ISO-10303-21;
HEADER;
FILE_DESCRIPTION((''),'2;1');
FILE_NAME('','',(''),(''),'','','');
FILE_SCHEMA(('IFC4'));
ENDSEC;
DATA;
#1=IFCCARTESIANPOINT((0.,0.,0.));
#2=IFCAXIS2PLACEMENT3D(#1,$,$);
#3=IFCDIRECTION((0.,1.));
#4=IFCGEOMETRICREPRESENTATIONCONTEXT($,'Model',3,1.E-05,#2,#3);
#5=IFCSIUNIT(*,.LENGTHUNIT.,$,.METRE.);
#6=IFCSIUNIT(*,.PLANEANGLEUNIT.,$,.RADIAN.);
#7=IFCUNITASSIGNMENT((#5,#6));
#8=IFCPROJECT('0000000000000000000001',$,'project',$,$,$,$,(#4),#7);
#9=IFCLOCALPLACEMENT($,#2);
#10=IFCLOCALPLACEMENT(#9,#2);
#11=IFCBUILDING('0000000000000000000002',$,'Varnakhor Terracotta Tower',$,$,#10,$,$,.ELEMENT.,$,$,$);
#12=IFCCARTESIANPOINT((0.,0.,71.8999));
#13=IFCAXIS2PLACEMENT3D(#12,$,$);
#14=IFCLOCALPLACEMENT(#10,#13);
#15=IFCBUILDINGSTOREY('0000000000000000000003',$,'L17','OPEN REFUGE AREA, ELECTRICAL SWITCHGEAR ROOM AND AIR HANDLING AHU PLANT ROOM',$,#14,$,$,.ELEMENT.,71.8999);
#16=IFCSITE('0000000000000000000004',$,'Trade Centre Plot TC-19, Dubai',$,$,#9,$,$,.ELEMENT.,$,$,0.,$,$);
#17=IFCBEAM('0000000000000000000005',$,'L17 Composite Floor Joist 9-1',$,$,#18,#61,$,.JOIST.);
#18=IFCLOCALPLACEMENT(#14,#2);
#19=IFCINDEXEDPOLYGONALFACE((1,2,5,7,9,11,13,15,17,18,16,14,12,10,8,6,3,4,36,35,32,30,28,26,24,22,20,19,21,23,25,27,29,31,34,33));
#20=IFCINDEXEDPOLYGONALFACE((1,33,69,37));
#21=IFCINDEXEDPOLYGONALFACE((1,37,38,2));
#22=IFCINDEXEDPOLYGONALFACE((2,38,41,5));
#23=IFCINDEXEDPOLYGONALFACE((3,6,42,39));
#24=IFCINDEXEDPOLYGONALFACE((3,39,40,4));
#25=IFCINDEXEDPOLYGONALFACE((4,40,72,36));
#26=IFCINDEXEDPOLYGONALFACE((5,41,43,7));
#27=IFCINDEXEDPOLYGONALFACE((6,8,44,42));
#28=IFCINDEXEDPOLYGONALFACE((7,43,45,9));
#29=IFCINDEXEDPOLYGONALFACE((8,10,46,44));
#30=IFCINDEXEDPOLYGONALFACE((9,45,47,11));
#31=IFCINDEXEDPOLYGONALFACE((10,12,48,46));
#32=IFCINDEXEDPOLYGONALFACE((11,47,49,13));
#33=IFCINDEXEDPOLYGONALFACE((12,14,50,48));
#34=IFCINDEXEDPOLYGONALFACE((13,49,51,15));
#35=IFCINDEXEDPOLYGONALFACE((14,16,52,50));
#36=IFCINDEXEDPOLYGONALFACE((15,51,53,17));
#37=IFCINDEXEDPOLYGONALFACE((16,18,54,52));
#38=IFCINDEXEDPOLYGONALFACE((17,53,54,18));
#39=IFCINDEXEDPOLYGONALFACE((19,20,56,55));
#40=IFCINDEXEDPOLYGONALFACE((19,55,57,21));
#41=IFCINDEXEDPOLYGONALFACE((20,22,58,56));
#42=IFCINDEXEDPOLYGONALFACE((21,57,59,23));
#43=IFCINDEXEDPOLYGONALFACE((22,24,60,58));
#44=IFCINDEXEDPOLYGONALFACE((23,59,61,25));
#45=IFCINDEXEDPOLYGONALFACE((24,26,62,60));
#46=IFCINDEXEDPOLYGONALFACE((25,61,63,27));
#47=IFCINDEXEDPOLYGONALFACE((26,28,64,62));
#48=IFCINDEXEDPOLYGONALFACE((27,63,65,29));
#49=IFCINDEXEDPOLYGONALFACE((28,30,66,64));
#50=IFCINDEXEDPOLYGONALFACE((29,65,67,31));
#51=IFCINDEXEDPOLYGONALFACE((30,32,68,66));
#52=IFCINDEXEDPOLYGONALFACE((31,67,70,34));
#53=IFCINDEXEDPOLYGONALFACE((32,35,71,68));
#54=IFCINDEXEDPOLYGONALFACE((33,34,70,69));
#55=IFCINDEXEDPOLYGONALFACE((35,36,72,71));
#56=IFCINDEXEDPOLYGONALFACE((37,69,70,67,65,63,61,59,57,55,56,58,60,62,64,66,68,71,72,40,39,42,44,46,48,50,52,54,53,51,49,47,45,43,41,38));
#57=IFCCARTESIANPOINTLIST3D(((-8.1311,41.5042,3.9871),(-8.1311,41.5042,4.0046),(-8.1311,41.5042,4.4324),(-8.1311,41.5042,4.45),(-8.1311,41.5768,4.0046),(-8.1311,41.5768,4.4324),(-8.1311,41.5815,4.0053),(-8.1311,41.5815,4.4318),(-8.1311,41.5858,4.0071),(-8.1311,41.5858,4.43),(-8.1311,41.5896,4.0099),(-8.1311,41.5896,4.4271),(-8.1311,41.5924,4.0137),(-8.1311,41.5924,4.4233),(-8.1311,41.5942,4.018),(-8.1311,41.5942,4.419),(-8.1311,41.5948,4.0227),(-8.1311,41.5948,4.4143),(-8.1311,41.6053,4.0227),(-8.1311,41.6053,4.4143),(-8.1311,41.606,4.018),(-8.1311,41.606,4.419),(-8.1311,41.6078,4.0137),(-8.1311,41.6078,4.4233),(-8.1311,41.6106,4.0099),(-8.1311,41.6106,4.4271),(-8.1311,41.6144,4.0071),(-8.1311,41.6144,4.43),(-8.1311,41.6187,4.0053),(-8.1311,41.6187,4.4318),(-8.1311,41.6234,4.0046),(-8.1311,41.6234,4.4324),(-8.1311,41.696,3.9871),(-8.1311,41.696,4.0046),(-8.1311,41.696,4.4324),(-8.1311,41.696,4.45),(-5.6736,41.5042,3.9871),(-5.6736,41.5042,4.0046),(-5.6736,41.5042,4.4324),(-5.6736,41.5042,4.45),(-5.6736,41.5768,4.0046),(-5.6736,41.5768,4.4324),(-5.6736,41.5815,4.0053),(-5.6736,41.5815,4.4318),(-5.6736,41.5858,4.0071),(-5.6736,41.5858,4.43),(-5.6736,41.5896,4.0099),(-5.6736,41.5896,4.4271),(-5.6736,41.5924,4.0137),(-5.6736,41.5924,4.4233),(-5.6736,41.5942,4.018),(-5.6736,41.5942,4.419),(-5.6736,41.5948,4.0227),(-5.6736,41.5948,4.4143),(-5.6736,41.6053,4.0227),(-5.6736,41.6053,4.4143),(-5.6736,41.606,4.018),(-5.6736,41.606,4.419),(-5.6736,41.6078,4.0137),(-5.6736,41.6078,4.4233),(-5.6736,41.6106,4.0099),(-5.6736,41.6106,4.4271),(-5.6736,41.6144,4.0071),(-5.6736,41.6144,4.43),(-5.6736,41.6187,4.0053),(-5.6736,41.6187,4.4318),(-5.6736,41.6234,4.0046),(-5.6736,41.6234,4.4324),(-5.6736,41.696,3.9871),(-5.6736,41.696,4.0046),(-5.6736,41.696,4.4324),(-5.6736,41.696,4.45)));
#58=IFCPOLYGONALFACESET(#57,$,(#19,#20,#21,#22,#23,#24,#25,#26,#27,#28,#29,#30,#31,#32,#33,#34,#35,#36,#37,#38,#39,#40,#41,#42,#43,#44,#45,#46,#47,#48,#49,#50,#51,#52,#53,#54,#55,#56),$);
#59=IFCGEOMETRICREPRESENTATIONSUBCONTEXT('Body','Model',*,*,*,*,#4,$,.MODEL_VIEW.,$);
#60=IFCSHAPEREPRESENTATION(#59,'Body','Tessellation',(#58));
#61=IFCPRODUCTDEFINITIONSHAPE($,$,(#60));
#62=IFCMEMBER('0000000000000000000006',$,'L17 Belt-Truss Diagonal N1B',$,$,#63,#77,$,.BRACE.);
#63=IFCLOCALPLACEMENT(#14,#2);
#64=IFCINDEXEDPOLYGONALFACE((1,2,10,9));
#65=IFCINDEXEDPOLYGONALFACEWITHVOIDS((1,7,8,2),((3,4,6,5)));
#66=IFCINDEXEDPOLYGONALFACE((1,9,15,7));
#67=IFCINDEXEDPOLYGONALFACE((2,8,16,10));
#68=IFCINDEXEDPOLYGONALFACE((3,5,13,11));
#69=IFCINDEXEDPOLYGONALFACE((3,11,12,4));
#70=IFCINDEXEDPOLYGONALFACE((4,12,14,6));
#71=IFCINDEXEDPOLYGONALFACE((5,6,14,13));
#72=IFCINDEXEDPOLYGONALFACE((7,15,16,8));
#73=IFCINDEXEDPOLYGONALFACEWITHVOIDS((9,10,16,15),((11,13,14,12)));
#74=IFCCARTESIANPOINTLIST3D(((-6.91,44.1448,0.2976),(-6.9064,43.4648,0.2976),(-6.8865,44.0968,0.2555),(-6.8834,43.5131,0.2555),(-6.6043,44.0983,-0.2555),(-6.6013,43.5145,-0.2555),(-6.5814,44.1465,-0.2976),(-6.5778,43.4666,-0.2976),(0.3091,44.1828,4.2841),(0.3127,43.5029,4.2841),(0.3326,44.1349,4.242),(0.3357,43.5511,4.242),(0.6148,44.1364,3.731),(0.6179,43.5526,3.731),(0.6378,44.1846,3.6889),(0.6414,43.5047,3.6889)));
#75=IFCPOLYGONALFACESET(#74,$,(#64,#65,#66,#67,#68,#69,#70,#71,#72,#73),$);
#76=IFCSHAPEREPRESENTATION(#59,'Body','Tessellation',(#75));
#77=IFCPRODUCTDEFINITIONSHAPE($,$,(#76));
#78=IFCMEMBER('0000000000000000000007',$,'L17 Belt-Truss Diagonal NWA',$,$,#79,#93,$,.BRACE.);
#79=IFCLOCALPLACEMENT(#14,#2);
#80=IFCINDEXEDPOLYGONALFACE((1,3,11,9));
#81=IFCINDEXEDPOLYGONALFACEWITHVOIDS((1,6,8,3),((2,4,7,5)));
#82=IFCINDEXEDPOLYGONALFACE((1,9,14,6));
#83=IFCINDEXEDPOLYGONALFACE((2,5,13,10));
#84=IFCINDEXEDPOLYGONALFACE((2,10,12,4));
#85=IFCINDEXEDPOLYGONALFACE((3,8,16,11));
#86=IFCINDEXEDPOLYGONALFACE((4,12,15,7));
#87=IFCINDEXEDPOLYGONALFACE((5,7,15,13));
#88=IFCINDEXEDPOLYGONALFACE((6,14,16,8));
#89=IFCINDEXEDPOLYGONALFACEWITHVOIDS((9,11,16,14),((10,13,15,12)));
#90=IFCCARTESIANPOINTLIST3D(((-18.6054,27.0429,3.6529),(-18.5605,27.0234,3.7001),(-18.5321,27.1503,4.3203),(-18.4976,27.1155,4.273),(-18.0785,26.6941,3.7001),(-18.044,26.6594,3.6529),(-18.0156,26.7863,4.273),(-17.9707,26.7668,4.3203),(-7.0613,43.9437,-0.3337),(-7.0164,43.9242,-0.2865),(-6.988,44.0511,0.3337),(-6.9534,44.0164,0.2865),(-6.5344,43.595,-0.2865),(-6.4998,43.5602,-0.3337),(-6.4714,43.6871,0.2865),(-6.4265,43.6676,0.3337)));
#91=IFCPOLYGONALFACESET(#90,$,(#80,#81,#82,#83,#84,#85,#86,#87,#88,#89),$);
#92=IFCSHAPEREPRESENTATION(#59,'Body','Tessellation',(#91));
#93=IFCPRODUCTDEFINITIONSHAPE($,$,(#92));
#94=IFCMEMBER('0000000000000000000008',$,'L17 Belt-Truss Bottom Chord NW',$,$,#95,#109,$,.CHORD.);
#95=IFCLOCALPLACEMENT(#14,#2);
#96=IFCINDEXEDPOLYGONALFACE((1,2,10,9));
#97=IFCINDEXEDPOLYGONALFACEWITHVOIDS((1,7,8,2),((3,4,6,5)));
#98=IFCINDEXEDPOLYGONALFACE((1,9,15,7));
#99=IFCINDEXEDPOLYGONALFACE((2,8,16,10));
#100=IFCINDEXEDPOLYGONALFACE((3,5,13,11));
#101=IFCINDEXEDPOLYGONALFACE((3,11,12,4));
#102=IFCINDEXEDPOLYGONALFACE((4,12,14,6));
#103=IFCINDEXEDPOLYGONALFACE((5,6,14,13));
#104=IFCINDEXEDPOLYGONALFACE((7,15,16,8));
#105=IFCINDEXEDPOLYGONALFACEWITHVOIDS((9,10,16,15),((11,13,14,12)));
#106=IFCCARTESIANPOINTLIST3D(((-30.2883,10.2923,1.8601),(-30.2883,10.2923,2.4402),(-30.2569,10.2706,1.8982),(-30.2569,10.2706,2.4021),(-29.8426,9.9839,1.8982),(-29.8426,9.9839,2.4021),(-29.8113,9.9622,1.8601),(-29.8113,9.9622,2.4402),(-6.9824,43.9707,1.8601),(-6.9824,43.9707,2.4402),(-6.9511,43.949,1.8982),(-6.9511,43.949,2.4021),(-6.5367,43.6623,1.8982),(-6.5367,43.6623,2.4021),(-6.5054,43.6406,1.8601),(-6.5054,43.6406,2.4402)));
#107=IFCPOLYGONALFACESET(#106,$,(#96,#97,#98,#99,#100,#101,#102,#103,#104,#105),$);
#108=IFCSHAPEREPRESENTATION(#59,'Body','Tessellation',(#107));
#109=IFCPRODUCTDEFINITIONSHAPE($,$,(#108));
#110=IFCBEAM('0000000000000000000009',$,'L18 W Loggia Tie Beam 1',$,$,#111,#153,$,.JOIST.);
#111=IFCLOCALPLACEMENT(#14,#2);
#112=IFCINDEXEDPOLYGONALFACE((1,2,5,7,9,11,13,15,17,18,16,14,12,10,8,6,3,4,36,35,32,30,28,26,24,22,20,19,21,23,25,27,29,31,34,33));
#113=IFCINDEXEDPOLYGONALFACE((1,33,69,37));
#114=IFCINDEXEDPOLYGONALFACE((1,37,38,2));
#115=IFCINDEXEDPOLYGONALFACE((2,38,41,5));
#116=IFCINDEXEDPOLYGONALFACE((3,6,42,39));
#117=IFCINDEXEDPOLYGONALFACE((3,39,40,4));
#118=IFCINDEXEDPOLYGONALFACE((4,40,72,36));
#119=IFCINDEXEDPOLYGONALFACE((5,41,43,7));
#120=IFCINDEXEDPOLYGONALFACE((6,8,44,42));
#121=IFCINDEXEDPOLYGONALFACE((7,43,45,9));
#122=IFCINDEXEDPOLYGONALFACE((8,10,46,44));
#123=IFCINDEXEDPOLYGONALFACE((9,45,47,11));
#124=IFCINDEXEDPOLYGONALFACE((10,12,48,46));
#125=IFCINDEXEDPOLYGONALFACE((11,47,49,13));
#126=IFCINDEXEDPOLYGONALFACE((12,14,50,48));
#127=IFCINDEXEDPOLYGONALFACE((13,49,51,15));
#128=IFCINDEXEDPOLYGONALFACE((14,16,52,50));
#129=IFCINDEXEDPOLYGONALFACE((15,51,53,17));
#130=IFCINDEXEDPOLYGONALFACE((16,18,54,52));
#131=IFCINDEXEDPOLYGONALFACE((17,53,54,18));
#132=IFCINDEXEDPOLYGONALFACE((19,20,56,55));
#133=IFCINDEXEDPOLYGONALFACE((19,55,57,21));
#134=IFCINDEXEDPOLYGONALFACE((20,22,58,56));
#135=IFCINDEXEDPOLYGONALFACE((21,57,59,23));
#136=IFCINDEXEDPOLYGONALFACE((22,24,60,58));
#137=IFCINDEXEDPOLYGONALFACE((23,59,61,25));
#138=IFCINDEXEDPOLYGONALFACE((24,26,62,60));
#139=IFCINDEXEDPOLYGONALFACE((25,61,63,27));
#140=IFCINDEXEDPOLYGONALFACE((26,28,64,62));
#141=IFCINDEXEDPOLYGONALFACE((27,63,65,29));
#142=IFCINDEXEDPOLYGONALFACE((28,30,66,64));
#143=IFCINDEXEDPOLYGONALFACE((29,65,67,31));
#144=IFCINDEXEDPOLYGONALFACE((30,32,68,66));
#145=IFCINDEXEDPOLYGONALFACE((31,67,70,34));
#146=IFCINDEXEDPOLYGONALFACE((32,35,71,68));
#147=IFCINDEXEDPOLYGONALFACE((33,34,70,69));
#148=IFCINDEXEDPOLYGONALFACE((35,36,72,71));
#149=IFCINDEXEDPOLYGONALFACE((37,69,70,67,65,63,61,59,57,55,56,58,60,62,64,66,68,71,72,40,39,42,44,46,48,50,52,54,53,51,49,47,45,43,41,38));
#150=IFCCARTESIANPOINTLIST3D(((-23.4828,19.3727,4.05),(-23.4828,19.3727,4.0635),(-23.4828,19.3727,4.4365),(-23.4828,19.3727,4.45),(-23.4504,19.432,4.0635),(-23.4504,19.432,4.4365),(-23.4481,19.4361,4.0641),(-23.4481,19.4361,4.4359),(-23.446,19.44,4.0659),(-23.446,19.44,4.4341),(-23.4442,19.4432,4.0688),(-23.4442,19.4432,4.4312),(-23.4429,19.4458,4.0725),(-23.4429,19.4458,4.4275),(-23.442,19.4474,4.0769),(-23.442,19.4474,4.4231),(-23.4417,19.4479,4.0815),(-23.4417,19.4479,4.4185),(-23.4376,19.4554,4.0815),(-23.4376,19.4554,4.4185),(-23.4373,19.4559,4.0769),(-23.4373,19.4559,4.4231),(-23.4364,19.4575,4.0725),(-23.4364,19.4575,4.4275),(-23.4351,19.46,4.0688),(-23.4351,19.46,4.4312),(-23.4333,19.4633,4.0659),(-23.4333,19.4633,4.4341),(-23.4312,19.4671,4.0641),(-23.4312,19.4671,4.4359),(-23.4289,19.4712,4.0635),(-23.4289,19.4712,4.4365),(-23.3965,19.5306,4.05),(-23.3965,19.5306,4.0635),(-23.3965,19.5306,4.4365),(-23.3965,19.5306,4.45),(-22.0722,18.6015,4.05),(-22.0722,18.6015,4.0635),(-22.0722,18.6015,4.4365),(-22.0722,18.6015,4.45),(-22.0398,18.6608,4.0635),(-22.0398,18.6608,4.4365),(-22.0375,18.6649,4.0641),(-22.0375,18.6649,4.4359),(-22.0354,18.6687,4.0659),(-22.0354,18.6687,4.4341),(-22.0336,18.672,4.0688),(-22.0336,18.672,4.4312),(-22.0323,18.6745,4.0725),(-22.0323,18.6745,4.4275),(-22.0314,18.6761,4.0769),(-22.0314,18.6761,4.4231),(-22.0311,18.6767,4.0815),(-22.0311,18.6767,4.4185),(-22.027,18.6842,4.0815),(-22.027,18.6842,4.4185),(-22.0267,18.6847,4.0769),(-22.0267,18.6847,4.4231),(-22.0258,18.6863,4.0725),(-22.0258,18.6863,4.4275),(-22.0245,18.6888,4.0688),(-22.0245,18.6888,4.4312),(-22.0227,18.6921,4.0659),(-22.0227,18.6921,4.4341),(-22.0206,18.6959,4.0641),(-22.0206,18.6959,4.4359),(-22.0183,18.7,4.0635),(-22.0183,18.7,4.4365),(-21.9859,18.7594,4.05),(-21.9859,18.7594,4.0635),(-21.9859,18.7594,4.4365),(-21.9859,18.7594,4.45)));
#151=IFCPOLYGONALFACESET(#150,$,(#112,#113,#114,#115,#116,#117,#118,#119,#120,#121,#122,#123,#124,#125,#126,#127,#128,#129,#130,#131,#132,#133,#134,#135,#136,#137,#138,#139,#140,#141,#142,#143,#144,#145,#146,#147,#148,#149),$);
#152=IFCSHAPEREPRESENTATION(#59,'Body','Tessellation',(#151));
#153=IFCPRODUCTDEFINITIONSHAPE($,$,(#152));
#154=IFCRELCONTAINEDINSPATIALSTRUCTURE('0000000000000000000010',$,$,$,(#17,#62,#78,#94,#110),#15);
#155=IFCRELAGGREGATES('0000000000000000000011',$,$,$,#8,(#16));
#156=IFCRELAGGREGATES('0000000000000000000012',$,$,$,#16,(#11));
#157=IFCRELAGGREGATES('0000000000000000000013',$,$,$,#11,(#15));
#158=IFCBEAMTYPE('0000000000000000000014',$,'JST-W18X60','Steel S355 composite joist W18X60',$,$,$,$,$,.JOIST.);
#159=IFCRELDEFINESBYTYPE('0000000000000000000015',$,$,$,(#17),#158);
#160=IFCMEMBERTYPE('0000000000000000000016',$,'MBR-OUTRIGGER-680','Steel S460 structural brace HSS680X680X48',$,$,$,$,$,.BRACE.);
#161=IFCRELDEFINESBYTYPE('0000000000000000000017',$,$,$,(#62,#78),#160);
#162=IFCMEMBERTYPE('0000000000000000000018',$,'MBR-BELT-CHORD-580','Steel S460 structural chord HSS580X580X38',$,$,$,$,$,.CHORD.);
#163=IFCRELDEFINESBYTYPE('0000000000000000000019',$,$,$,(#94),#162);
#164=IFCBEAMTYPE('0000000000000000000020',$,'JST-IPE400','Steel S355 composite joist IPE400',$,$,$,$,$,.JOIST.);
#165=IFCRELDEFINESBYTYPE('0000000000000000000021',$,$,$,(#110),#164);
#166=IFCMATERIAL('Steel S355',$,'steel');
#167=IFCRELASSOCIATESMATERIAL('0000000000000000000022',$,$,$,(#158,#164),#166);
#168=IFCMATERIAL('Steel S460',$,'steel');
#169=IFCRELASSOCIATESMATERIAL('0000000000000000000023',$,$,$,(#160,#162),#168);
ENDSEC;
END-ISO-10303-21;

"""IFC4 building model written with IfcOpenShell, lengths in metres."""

from ifc_helpers import new_model, si_unit, direction, frame, origin, origin_2d, place, context, subcontext, project, spatial, hollow_rectangle, i_section, extrude, source, transform, mapped, material, material_profile, profile_set, type_object, element, save


model = new_model("IFC4")

# Units and contexts
model_context = context("Model", 3, precision=1e-05, world=origin(), true_north=direction((0.0, 1.0)))
body_context = subcontext(model_context, "Body", "Model", "MODEL_VIEW")
ifc_project = project(units=[si_unit("LENGTHUNIT", "METRE"), si_unit("PLANEANGLEUNIT", "RADIAN")], contexts=[model_context])

# Site, building, storey
site_placement = place(None, origin())
site = spatial("IfcSite", under=ifc_project, at=site_placement, Name="Trade Centre Plot TC-19, Dubai", CompositionType="ELEMENT", RefElevation=0.0)
building_placement = place(site_placement, origin())
building = spatial("IfcBuilding", under=site, at=building_placement, Name="Varnakhor Terracotta Tower", CompositionType="ELEMENT")
storey_placement = place(building_placement, frame((0.0, 0.0, 71.8999)))
storey = spatial("IfcBuildingStorey", under=building, at=storey_placement, Name="L17", Description="OPEN REFUGE AREA, ELECTRICAL SWITCHGEAR ROOM AND AIR HANDLING AHU PLANT ROOM", CompositionType="ELEMENT", Elevation=71.8999)

# Shared definitions
ifc_material_1 = material(Name="Steel S460", Category="steel")

# Beam
ifc_material_2 = material(Name="Steel S355", Category="steel")
ifc_material_profile_1 = material_profile(ifc_material_2, i_section(OverallWidth=0.1919, OverallDepth=0.4629, WebThickness=0.0105, FlangeThickness=0.0176, FilletRadius=0.0181, at=origin_2d()), Name="W18X60")
ifc_profile_set_1 = profile_set([ifc_material_profile_1], Name="Steel S355")
beam_type_1 = type_object("IfcBeamType", Name="JST-W18X60", Description="Steel S355 composite joist W18X60", PredefinedType="JOIST", material=ifc_profile_set_1)
ifc_material_profile_2 = material_profile(ifc_material_2, i_section(OverallWidth=0.1799, OverallDepth=0.3999, WebThickness=0.0085, FlangeThickness=0.0134, FilletRadius=0.0181, at=origin_2d()), Name="IPE400")
ifc_profile_set_2 = profile_set([ifc_material_profile_2], Name="Steel S355")
beam_type_2 = type_object("IfcBeamType", Name="JST-IPE400", Description="Steel S355 composite joist IPE400", PredefinedType="JOIST", material=ifc_profile_set_2)
shared_shape_1 = source(origin(), body_context, "Body", "SweptSolid", [
    extrude(i_section(OverallWidth=0.1919, OverallDepth=0.4629, WebThickness=0.0105, FlangeThickness=0.0176, FilletRadius=0.0181, at=origin_2d()), origin(), (0.0, 0.0, 1.0), 2.4575),
])
beam_1_placement = place(storey_placement, frame((-8.1311, 41.6001, 4.2185), z_axis=(1.0, 0.0, 0.0), x_axis=(0.0, 1.0, 0.0)))
element("IfcBeam", 1, at=beam_1_placement, inside=storey, type_object=beam_type_1, Name="L17 Composite Floor Joist 9-1", PredefinedType="JOIST", context=body_context, shape_type="MappedRepresentation", body=[
    mapped(shared_shape_1, transform((0.0, 0.0, 0.0), scale=1.0)),
])

# Members
ifc_material_profile_3 = material_profile(ifc_material_1, hollow_rectangle(XDim=0.6799, YDim=0.6799, WallThickness=0.0481, at=origin_2d()), Name="HSS680X680X48")
ifc_profile_set_3 = profile_set([ifc_material_profile_3], Name="Steel S460")
member_type_1 = type_object("IfcMemberType", Name="MBR-OUTRIGGER-680", Description="Steel S460 structural brace HSS680X680X48", PredefinedType="BRACE", material=ifc_profile_set_3)
shared_shape_2 = source(origin(), body_context, "Body", "SweptSolid", [
    extrude(hollow_rectangle(XDim=0.6799, YDim=0.6799, WallThickness=0.0481, at=origin_2d()), origin(), (0.0, 0.0, 1.0), 8.2468),
])
member_1_placement = place(storey_placement, frame((-6.7439, 43.8057, 0.0), z_axis=(0.875387, 0.004618, 0.483402), x_axis=(-0.005276, 0.999986, 0.0)))
element("IfcMember", 2, at=member_1_placement, inside=storey, type_object=member_type_1, Name="L17 Belt-Truss Diagonal N1B", PredefinedType="BRACE", context=body_context, shape_type="MappedRepresentation", body=[
    mapped(shared_shape_2, transform((0.0, 0.0, 0.0), scale=1.0)),
])
shared_shape_3 = source(origin(), body_context, "Body", "SweptSolid", [
    extrude(hollow_rectangle(XDim=0.6799, YDim=0.6799, WallThickness=0.0481, at=origin_2d()), origin(), (0.0, 0.0, 1.0), 20.8518),
])
member_2_placement = place(storey_placement, frame((-6.7439, 43.8057, 0.0), z_axis=(-0.553628, -0.810521, 0.191185), x_axis=(0.825753, -0.564032, 0.0)))
element("IfcMember", 3, at=member_2_placement, inside=storey, type_object=member_type_1, Name="L17 Belt-Truss Diagonal NWA", PredefinedType="BRACE", context=body_context, shape_type="MappedRepresentation", body=[
    mapped(shared_shape_3, transform((0.0, 0.0, 0.0), scale=1.0)),
])
ifc_material_profile_4 = material_profile(ifc_material_1, hollow_rectangle(XDim=0.5801, YDim=0.5801, WallThickness=0.0381, at=origin_2d()), Name="HSS580X580X38")
ifc_profile_set_4 = profile_set([ifc_material_profile_4], Name="Steel S460")
member_type_2 = type_object("IfcMemberType", Name="MBR-BELT-CHORD-580", Description="Steel S460 structural chord HSS580X580X38", PredefinedType="CHORD", material=ifc_profile_set_4)
shared_shape_4 = source(origin(), body_context, "Body", "SweptSolid", [
    extrude(hollow_rectangle(XDim=0.5801, YDim=0.5801, WallThickness=0.0381, at=origin_2d()), origin(), (0.0, 0.0, 1.0), 40.9561),
])
member_3_placement = place(storey_placement, frame((-6.7439, 43.8057, 2.1501), z_axis=(-0.569046, -0.822306, 0.0), x_axis=(0.822306, -0.569046, 0.0)))
element("IfcMember", 4, at=member_3_placement, inside=storey, type_object=member_type_2, Name="L17 Belt-Truss Bottom Chord NW", PredefinedType="CHORD", context=body_context, shape_type="MappedRepresentation", body=[
    mapped(shared_shape_4, transform((0.0, 0.0, 0.0), scale=1.0)),
])

# Beam
shared_shape_5 = source(origin(), body_context, "Body", "SweptSolid", [
    extrude(i_section(OverallWidth=0.1799, OverallDepth=0.3999, WebThickness=0.0085, FlangeThickness=0.0134, FilletRadius=0.0181, at=origin_2d()), origin(), (0.0, 0.0, 1.0), 1.6077),
])
beam_2_placement = place(storey_placement, frame((-22.0291, 18.6804, 4.25), z_axis=(-0.877425, 0.479714, 0.0), x_axis=(-0.479714, -0.877425, 0.0)))
element("IfcBeam", 5, at=beam_2_placement, inside=storey, type_object=beam_type_2, Name="L18 W Loggia Tie Beam 1", PredefinedType="JOIST", context=body_context, shape_type="MappedRepresentation", body=[
    mapped(shared_shape_5, transform((0.0, 0.0, 0.0), scale=1.0)),
])

save(model, "model.ifc")
